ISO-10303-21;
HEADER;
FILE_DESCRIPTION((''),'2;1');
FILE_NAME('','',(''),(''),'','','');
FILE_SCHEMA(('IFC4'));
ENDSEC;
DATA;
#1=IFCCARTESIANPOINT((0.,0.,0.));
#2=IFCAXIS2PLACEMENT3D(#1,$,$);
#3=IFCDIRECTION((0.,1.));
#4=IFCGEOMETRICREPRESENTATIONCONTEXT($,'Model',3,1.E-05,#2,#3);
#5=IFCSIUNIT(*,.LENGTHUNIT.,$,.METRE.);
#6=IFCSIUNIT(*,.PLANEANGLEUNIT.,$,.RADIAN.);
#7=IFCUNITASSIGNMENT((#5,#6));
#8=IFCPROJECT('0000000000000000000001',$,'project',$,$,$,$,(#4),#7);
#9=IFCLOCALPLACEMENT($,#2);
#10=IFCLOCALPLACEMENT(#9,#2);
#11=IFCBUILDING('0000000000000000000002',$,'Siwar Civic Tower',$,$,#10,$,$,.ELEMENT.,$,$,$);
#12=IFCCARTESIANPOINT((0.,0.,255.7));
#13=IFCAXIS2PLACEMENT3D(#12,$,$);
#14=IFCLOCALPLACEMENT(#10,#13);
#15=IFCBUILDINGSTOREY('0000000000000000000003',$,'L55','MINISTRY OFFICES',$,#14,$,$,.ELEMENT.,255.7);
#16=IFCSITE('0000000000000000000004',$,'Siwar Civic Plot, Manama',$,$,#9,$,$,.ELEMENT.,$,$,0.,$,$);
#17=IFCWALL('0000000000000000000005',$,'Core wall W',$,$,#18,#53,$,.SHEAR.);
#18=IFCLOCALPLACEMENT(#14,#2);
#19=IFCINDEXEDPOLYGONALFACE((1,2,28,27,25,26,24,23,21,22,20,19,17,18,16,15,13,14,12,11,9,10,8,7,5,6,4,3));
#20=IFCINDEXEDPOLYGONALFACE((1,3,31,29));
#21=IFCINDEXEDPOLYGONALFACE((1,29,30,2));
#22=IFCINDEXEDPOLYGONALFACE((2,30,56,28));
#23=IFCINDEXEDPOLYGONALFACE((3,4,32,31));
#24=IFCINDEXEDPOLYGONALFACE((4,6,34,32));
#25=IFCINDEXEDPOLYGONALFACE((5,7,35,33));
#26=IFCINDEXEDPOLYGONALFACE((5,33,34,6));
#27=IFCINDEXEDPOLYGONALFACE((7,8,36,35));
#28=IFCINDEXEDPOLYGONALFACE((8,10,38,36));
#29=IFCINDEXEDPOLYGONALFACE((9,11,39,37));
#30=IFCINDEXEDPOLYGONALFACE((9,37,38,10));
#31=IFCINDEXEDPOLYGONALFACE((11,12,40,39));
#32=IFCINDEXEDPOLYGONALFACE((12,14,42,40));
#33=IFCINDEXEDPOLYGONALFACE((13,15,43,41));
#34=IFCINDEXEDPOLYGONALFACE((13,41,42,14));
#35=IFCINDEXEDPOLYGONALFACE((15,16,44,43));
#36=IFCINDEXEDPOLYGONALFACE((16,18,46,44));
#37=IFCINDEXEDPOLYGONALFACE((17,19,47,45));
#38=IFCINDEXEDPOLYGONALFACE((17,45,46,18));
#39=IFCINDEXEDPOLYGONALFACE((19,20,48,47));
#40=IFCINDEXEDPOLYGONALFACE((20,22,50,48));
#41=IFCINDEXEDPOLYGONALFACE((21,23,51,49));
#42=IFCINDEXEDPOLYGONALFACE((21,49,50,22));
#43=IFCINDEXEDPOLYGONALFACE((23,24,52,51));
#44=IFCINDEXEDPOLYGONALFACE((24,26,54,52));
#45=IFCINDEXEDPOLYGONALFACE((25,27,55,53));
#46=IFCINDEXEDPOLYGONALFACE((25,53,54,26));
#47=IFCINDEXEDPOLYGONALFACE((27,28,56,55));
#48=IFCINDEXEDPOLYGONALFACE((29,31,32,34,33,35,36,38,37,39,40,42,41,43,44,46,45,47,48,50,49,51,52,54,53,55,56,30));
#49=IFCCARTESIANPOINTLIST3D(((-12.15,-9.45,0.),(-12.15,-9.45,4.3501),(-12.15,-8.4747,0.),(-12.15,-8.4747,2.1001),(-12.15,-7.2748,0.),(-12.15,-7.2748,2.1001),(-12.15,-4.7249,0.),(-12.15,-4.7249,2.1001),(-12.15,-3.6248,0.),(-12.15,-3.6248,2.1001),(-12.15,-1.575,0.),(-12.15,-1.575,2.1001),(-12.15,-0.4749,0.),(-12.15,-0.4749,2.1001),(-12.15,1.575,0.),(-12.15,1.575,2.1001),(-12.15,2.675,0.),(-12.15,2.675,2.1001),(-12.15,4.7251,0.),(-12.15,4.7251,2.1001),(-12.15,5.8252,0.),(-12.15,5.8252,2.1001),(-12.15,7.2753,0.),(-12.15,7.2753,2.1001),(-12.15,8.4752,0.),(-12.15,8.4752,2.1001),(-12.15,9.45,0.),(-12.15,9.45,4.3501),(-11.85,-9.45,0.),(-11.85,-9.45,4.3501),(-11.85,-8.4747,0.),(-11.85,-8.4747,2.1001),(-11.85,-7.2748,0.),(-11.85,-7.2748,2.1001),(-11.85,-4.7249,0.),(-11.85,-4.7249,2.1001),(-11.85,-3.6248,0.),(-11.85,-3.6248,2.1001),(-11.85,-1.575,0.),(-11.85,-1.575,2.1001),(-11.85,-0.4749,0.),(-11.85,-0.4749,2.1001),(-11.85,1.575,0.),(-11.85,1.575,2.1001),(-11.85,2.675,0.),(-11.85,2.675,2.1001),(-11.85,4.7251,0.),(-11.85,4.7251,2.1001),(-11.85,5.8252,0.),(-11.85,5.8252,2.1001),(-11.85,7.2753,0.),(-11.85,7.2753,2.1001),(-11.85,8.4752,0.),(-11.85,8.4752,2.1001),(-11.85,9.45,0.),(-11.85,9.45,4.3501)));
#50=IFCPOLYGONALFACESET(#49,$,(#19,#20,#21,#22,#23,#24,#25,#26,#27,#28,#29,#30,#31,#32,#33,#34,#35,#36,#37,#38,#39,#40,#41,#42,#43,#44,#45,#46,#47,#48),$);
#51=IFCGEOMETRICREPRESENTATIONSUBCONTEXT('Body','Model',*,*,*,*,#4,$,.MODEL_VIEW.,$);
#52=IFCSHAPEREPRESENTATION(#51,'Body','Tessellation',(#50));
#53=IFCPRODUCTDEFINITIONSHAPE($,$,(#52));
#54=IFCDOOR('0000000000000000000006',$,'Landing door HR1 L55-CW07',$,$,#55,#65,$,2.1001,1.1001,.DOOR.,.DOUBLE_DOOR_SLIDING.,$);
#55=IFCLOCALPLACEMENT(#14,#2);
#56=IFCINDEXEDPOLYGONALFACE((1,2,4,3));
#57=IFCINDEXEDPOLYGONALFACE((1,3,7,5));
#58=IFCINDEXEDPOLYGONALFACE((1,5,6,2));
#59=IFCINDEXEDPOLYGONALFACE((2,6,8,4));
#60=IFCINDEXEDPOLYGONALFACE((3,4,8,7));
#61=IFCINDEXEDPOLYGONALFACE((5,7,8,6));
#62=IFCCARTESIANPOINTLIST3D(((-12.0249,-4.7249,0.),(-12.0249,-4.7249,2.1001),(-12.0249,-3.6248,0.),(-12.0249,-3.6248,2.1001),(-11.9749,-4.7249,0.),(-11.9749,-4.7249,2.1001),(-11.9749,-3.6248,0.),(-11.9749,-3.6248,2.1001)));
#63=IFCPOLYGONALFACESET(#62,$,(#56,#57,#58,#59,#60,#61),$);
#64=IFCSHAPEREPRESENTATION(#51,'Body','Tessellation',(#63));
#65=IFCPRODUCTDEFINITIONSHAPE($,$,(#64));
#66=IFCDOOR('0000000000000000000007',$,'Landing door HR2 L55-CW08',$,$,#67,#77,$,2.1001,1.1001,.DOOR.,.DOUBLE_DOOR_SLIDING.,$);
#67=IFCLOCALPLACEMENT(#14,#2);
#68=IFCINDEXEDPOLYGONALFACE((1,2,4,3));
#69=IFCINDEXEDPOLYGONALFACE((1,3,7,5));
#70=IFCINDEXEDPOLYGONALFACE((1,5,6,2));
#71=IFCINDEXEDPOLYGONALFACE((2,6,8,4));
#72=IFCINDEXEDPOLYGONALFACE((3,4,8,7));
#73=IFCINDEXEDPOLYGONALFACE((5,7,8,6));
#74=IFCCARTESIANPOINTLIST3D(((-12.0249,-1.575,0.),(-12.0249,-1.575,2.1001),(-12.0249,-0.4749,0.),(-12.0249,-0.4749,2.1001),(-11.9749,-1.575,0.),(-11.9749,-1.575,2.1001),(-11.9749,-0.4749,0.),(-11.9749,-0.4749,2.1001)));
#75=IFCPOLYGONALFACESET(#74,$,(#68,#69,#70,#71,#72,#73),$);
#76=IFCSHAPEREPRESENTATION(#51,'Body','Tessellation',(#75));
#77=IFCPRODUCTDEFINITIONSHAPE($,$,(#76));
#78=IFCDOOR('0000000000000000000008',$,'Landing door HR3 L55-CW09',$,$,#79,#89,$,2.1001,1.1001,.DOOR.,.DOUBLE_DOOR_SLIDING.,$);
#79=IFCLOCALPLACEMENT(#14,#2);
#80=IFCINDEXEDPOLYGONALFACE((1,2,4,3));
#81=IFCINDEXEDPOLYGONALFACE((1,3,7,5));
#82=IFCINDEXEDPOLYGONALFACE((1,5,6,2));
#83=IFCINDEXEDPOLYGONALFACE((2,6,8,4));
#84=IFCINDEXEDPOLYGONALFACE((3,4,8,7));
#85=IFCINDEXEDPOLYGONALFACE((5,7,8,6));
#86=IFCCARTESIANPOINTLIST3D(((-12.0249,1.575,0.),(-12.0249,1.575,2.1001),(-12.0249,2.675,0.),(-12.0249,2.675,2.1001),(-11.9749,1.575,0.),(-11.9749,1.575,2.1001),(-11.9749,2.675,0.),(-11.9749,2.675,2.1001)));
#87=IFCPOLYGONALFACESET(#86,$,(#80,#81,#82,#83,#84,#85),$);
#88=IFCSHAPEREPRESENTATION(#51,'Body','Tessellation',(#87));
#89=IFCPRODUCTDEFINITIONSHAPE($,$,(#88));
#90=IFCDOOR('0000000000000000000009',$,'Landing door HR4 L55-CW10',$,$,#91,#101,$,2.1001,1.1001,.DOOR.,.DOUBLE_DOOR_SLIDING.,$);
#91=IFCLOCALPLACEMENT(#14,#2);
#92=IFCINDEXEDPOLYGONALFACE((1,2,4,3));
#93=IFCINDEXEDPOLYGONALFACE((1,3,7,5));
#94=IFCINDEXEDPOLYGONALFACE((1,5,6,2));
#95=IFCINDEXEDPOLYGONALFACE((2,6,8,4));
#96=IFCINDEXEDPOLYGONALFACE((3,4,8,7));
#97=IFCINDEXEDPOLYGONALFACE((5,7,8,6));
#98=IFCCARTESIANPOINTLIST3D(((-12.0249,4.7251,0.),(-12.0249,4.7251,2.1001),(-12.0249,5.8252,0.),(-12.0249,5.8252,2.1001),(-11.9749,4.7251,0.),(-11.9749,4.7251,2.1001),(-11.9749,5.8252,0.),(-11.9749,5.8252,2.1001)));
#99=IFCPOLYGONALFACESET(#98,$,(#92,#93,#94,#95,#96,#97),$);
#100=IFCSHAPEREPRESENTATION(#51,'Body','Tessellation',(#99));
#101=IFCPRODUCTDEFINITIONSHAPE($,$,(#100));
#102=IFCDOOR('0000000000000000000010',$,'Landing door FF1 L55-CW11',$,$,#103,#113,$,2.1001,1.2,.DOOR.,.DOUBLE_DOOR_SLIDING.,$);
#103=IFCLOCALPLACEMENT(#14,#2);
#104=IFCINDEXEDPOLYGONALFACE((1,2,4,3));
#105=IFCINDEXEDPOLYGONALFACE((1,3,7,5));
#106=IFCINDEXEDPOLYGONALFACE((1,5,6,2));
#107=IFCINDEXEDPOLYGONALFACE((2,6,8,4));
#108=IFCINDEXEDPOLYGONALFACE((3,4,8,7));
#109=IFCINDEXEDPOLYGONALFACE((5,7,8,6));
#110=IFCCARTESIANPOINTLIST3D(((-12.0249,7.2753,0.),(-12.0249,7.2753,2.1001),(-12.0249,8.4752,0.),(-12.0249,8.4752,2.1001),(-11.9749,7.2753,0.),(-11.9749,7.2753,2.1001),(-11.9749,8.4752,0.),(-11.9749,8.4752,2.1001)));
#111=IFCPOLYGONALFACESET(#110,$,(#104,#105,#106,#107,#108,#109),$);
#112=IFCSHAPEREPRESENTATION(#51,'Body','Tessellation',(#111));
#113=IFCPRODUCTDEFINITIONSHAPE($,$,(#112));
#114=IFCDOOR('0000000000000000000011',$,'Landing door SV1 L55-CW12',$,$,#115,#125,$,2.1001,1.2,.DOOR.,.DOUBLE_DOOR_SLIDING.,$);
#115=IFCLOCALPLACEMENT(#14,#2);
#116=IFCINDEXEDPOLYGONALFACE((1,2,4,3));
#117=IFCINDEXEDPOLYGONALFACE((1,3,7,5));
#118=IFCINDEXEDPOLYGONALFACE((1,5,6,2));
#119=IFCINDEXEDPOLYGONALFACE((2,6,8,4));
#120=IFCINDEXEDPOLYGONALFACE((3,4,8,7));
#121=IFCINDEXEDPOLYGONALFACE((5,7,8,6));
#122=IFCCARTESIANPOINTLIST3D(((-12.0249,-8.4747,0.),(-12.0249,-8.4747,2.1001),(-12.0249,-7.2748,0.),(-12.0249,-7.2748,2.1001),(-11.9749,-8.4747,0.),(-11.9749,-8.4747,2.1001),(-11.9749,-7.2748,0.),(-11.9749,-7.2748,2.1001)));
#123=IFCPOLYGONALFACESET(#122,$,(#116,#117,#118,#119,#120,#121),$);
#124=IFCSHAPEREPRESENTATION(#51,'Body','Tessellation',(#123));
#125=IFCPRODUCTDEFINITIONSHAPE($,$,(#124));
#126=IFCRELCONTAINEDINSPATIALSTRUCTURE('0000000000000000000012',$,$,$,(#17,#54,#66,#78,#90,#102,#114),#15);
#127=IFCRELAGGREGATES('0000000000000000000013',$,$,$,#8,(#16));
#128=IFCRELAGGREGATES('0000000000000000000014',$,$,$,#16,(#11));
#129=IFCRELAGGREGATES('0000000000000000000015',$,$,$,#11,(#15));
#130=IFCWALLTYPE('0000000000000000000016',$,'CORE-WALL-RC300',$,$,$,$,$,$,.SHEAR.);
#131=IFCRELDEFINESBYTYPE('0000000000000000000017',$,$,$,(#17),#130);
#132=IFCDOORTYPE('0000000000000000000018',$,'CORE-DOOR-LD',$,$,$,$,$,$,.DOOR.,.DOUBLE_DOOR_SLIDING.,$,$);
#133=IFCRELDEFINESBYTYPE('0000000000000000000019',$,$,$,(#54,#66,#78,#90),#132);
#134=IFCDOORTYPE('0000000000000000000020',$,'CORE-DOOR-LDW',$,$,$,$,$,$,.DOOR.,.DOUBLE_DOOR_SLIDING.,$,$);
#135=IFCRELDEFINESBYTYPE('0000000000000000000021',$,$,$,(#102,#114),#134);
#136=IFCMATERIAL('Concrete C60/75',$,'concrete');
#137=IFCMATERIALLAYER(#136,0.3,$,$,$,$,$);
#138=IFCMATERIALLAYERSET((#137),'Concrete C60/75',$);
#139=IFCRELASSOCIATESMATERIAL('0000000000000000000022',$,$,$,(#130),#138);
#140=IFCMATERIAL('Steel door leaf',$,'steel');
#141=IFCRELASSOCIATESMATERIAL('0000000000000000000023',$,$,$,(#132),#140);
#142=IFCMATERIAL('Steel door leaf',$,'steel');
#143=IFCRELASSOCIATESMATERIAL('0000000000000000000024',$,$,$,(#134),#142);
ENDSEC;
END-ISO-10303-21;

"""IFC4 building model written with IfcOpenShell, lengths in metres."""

from ifc_helpers import new_model, si_unit, direction, frame, frame_2d, origin, place, context, subcontext, project, spatial, rectangle, extrude, material, layer, layer_set, type_object, element, fill, save


model = new_model("IFC4")

# Units and contexts
model_context = context("Model", 3, precision=1e-05, world=origin(), true_north=direction((0.0, 1.0)))
body_context = subcontext(model_context, "Body", "Model", "MODEL_VIEW")
ifc_project = project(units=[si_unit("LENGTHUNIT", "METRE"), si_unit("PLANEANGLEUNIT", "RADIAN")], contexts=[model_context])

# Site, building, storey
site_placement = place(None, origin())
site = spatial("IfcSite", under=ifc_project, at=site_placement, Name="Siwar Civic Plot, Manama", CompositionType="ELEMENT", RefElevation=0.0)
building_placement = place(site_placement, origin())
building = spatial("IfcBuilding", under=site, at=building_placement, Name="Siwar Civic Tower", CompositionType="ELEMENT")
storey_placement = place(building_placement, frame((0.0, 0.0, 255.7)))
storey = spatial("IfcBuildingStorey", under=building, at=storey_placement, Name="L55", Description="MINISTRY OFFICES", CompositionType="ELEMENT", Elevation=255.7)

# Wall, openings, doors
ifc_material_1 = material(Name="Concrete C60/75", Category="concrete")
ifc_layer_1 = layer(ifc_material_1, 0.3)
ifc_layer_set_1 = layer_set([ifc_layer_1], Name="Concrete C60/75")
wall_type_1 = type_object("IfcWallType", Name="CORE-WALL-RC300", PredefinedType="SHEAR", material=ifc_layer_set_1)
wall_1_placement = place(storey_placement, frame((-12.0, -9.45, 0.0), z_axis=(0.0, 0.0, 1.0), x_axis=(0.0, 1.0, 0.0)))
wall_1 = element("IfcWall", 1, at=wall_1_placement, inside=storey, type_object=wall_type_1, Name="Core wall W", PredefinedType="SHEAR", context=body_context, shape_type="SweptSolid", body=[
    extrude(rectangle(XDim=18.8999, YDim=0.3, at=frame_2d((9.45, 0.0))), origin(), (0.0, 0.0, 1.0), 4.3501),
])
opening_1_placement = place(wall_1_placement, frame((4.7251, 0.0, 0.0)))
opening_1 = element("IfcOpeningElement", 2, at=opening_1_placement, cuts=wall_1, PredefinedType="OPENING", context=body_context, shape_type="SweptSolid", body=[
    extrude(rectangle(XDim=1.1001, YDim=2.1001, at=frame_2d((0.55, 1.05))), frame((0.0, 0.1602, 0.0), z_axis=(0.0, -1.0, 0.0), x_axis=(1.0, 0.0, 0.0)), (0.0, 0.0, 1.0), 0.3201),
])
opening_2_placement = place(wall_1_placement, frame((7.875, 0.0, 0.0)))
opening_2 = element("IfcOpeningElement", 3, at=opening_2_placement, cuts=wall_1, PredefinedType="OPENING", context=body_context, shape_type="SweptSolid", body=[
    extrude(rectangle(XDim=1.1001, YDim=2.1001, at=frame_2d((0.55, 1.05))), frame((0.0, 0.1602, 0.0), z_axis=(0.0, -1.0, 0.0), x_axis=(1.0, 0.0, 0.0)), (0.0, 0.0, 1.0), 0.3201),
])
opening_3_placement = place(wall_1_placement, frame((11.0249, 0.0, 0.0)))
opening_3 = element("IfcOpeningElement", 4, at=opening_3_placement, cuts=wall_1, PredefinedType="OPENING", context=body_context, shape_type="SweptSolid", body=[
    extrude(rectangle(XDim=1.1001, YDim=2.1001, at=frame_2d((0.55, 1.05))), frame((0.0, 0.1602, 0.0), z_axis=(0.0, -1.0, 0.0), x_axis=(1.0, 0.0, 0.0)), (0.0, 0.0, 1.0), 0.3201),
])
opening_4_placement = place(wall_1_placement, frame((14.175, 0.0, 0.0)))
opening_4 = element("IfcOpeningElement", 5, at=opening_4_placement, cuts=wall_1, PredefinedType="OPENING", context=body_context, shape_type="SweptSolid", body=[
    extrude(rectangle(XDim=1.1001, YDim=2.1001, at=frame_2d((0.55, 1.05))), frame((0.0, 0.1602, 0.0), z_axis=(0.0, -1.0, 0.0), x_axis=(1.0, 0.0, 0.0)), (0.0, 0.0, 1.0), 0.3201),
])
opening_5_placement = place(wall_1_placement, frame((16.7251, 0.0, 0.0)))
opening_5 = element("IfcOpeningElement", 6, at=opening_5_placement, cuts=wall_1, PredefinedType="OPENING", context=body_context, shape_type="SweptSolid", body=[
    extrude(rectangle(XDim=1.2, YDim=2.1001, at=frame_2d((0.6001, 1.05))), frame((0.0, 0.1602, 0.0), z_axis=(0.0, -1.0, 0.0), x_axis=(1.0, 0.0, 0.0)), (0.0, 0.0, 1.0), 0.3201),
])
opening_6_placement = place(wall_1_placement, frame((0.9751, 0.0, 0.0)))
opening_6 = element("IfcOpeningElement", 7, at=opening_6_placement, cuts=wall_1, PredefinedType="OPENING", context=body_context, shape_type="SweptSolid", body=[
    extrude(rectangle(XDim=1.2, YDim=2.1001, at=frame_2d((0.6001, 1.05))), frame((0.0, 0.1602, 0.0), z_axis=(0.0, -1.0, 0.0), x_axis=(1.0, 0.0, 0.0)), (0.0, 0.0, 1.0), 0.3201),
])
ifc_material_2 = material(Name="Steel door leaf", Category="steel")
door_type_1 = type_object("IfcDoorType", Name="CORE-DOOR-LD", OperationType="DOUBLE_DOOR_SLIDING", PredefinedType="DOOR", material=ifc_material_2)
door_1_placement = place(opening_1_placement, origin())
door_1 = element("IfcDoor", 8, at=door_1_placement, inside=storey, type_object=door_type_1, Name="Landing door HR1 L55-CW07", OperationType="DOUBLE_DOOR_SLIDING", OverallHeight=2.1001, OverallWidth=1.1001, PredefinedType="DOOR", context=body_context, shape_type="SweptSolid", body=[
    extrude(rectangle(XDim=1.1001, YDim=2.1001, at=frame_2d((0.55, 1.05))), frame((0.0, 0.0249, 0.0), z_axis=(0.0, -1.0, 0.0), x_axis=(1.0, 0.0, 0.0)), (0.0, 0.0, 1.0), 0.05),
])
fill(opening_1, door_1)
door_2_placement = place(opening_2_placement, origin())
door_2 = element("IfcDoor", 9, at=door_2_placement, inside=storey, type_object=door_type_1, Name="Landing door HR2 L55-CW08", OperationType="DOUBLE_DOOR_SLIDING", OverallHeight=2.1001, OverallWidth=1.1001, PredefinedType="DOOR", context=body_context, shape_type="SweptSolid", body=[
    extrude(rectangle(XDim=1.1001, YDim=2.1001, at=frame_2d((0.55, 1.05))), frame((0.0, 0.0249, 0.0), z_axis=(0.0, -1.0, 0.0), x_axis=(1.0, 0.0, 0.0)), (0.0, 0.0, 1.0), 0.05),
])
fill(opening_2, door_2)
door_3_placement = place(opening_3_placement, origin())
door_3 = element("IfcDoor", 10, at=door_3_placement, inside=storey, type_object=door_type_1, Name="Landing door HR3 L55-CW09", OperationType="DOUBLE_DOOR_SLIDING", OverallHeight=2.1001, OverallWidth=1.1001, PredefinedType="DOOR", context=body_context, shape_type="SweptSolid", body=[
    extrude(rectangle(XDim=1.1001, YDim=2.1001, at=frame_2d((0.55, 1.05))), frame((0.0, 0.0249, 0.0), z_axis=(0.0, -1.0, 0.0), x_axis=(1.0, 0.0, 0.0)), (0.0, 0.0, 1.0), 0.05),
])
fill(opening_3, door_3)
door_4_placement = place(opening_4_placement, origin())
door_4 = element("IfcDoor", 11, at=door_4_placement, inside=storey, type_object=door_type_1, Name="Landing door HR4 L55-CW10", OperationType="DOUBLE_DOOR_SLIDING", OverallHeight=2.1001, OverallWidth=1.1001, PredefinedType="DOOR", context=body_context, shape_type="SweptSolid", body=[
    extrude(rectangle(XDim=1.1001, YDim=2.1001, at=frame_2d((0.55, 1.05))), frame((0.0, 0.0249, 0.0), z_axis=(0.0, -1.0, 0.0), x_axis=(1.0, 0.0, 0.0)), (0.0, 0.0, 1.0), 0.05),
])
fill(opening_4, door_4)
ifc_material_3 = material(Name="Steel door leaf", Category="steel")
door_type_2 = type_object("IfcDoorType", Name="CORE-DOOR-LDW", OperationType="DOUBLE_DOOR_SLIDING", PredefinedType="DOOR", material=ifc_material_3)
door_5_placement = place(opening_5_placement, origin())
door_5 = element("IfcDoor", 12, at=door_5_placement, inside=storey, type_object=door_type_2, Name="Landing door FF1 L55-CW11", OperationType="DOUBLE_DOOR_SLIDING", OverallHeight=2.1001, OverallWidth=1.2, PredefinedType="DOOR", context=body_context, shape_type="SweptSolid", body=[
    extrude(rectangle(XDim=1.2, YDim=2.1001, at=frame_2d((0.6001, 1.05))), frame((0.0, 0.0249, 0.0), z_axis=(0.0, -1.0, 0.0), x_axis=(1.0, 0.0, 0.0)), (0.0, 0.0, 1.0), 0.05),
])
fill(opening_5, door_5)
door_6_placement = place(opening_6_placement, origin())
door_6 = element("IfcDoor", 13, at=door_6_placement, inside=storey, type_object=door_type_2, Name="Landing door SV1 L55-CW12", OperationType="DOUBLE_DOOR_SLIDING", OverallHeight=2.1001, OverallWidth=1.2, PredefinedType="DOOR", context=body_context, shape_type="SweptSolid", body=[
    extrude(rectangle(XDim=1.2, YDim=2.1001, at=frame_2d((0.6001, 1.05))), frame((0.0, 0.0249, 0.0), z_axis=(0.0, -1.0, 0.0), x_axis=(1.0, 0.0, 0.0)), (0.0, 0.0, 1.0), 0.05),
])
fill(opening_6, door_6)

save(model, "model.ifc")
